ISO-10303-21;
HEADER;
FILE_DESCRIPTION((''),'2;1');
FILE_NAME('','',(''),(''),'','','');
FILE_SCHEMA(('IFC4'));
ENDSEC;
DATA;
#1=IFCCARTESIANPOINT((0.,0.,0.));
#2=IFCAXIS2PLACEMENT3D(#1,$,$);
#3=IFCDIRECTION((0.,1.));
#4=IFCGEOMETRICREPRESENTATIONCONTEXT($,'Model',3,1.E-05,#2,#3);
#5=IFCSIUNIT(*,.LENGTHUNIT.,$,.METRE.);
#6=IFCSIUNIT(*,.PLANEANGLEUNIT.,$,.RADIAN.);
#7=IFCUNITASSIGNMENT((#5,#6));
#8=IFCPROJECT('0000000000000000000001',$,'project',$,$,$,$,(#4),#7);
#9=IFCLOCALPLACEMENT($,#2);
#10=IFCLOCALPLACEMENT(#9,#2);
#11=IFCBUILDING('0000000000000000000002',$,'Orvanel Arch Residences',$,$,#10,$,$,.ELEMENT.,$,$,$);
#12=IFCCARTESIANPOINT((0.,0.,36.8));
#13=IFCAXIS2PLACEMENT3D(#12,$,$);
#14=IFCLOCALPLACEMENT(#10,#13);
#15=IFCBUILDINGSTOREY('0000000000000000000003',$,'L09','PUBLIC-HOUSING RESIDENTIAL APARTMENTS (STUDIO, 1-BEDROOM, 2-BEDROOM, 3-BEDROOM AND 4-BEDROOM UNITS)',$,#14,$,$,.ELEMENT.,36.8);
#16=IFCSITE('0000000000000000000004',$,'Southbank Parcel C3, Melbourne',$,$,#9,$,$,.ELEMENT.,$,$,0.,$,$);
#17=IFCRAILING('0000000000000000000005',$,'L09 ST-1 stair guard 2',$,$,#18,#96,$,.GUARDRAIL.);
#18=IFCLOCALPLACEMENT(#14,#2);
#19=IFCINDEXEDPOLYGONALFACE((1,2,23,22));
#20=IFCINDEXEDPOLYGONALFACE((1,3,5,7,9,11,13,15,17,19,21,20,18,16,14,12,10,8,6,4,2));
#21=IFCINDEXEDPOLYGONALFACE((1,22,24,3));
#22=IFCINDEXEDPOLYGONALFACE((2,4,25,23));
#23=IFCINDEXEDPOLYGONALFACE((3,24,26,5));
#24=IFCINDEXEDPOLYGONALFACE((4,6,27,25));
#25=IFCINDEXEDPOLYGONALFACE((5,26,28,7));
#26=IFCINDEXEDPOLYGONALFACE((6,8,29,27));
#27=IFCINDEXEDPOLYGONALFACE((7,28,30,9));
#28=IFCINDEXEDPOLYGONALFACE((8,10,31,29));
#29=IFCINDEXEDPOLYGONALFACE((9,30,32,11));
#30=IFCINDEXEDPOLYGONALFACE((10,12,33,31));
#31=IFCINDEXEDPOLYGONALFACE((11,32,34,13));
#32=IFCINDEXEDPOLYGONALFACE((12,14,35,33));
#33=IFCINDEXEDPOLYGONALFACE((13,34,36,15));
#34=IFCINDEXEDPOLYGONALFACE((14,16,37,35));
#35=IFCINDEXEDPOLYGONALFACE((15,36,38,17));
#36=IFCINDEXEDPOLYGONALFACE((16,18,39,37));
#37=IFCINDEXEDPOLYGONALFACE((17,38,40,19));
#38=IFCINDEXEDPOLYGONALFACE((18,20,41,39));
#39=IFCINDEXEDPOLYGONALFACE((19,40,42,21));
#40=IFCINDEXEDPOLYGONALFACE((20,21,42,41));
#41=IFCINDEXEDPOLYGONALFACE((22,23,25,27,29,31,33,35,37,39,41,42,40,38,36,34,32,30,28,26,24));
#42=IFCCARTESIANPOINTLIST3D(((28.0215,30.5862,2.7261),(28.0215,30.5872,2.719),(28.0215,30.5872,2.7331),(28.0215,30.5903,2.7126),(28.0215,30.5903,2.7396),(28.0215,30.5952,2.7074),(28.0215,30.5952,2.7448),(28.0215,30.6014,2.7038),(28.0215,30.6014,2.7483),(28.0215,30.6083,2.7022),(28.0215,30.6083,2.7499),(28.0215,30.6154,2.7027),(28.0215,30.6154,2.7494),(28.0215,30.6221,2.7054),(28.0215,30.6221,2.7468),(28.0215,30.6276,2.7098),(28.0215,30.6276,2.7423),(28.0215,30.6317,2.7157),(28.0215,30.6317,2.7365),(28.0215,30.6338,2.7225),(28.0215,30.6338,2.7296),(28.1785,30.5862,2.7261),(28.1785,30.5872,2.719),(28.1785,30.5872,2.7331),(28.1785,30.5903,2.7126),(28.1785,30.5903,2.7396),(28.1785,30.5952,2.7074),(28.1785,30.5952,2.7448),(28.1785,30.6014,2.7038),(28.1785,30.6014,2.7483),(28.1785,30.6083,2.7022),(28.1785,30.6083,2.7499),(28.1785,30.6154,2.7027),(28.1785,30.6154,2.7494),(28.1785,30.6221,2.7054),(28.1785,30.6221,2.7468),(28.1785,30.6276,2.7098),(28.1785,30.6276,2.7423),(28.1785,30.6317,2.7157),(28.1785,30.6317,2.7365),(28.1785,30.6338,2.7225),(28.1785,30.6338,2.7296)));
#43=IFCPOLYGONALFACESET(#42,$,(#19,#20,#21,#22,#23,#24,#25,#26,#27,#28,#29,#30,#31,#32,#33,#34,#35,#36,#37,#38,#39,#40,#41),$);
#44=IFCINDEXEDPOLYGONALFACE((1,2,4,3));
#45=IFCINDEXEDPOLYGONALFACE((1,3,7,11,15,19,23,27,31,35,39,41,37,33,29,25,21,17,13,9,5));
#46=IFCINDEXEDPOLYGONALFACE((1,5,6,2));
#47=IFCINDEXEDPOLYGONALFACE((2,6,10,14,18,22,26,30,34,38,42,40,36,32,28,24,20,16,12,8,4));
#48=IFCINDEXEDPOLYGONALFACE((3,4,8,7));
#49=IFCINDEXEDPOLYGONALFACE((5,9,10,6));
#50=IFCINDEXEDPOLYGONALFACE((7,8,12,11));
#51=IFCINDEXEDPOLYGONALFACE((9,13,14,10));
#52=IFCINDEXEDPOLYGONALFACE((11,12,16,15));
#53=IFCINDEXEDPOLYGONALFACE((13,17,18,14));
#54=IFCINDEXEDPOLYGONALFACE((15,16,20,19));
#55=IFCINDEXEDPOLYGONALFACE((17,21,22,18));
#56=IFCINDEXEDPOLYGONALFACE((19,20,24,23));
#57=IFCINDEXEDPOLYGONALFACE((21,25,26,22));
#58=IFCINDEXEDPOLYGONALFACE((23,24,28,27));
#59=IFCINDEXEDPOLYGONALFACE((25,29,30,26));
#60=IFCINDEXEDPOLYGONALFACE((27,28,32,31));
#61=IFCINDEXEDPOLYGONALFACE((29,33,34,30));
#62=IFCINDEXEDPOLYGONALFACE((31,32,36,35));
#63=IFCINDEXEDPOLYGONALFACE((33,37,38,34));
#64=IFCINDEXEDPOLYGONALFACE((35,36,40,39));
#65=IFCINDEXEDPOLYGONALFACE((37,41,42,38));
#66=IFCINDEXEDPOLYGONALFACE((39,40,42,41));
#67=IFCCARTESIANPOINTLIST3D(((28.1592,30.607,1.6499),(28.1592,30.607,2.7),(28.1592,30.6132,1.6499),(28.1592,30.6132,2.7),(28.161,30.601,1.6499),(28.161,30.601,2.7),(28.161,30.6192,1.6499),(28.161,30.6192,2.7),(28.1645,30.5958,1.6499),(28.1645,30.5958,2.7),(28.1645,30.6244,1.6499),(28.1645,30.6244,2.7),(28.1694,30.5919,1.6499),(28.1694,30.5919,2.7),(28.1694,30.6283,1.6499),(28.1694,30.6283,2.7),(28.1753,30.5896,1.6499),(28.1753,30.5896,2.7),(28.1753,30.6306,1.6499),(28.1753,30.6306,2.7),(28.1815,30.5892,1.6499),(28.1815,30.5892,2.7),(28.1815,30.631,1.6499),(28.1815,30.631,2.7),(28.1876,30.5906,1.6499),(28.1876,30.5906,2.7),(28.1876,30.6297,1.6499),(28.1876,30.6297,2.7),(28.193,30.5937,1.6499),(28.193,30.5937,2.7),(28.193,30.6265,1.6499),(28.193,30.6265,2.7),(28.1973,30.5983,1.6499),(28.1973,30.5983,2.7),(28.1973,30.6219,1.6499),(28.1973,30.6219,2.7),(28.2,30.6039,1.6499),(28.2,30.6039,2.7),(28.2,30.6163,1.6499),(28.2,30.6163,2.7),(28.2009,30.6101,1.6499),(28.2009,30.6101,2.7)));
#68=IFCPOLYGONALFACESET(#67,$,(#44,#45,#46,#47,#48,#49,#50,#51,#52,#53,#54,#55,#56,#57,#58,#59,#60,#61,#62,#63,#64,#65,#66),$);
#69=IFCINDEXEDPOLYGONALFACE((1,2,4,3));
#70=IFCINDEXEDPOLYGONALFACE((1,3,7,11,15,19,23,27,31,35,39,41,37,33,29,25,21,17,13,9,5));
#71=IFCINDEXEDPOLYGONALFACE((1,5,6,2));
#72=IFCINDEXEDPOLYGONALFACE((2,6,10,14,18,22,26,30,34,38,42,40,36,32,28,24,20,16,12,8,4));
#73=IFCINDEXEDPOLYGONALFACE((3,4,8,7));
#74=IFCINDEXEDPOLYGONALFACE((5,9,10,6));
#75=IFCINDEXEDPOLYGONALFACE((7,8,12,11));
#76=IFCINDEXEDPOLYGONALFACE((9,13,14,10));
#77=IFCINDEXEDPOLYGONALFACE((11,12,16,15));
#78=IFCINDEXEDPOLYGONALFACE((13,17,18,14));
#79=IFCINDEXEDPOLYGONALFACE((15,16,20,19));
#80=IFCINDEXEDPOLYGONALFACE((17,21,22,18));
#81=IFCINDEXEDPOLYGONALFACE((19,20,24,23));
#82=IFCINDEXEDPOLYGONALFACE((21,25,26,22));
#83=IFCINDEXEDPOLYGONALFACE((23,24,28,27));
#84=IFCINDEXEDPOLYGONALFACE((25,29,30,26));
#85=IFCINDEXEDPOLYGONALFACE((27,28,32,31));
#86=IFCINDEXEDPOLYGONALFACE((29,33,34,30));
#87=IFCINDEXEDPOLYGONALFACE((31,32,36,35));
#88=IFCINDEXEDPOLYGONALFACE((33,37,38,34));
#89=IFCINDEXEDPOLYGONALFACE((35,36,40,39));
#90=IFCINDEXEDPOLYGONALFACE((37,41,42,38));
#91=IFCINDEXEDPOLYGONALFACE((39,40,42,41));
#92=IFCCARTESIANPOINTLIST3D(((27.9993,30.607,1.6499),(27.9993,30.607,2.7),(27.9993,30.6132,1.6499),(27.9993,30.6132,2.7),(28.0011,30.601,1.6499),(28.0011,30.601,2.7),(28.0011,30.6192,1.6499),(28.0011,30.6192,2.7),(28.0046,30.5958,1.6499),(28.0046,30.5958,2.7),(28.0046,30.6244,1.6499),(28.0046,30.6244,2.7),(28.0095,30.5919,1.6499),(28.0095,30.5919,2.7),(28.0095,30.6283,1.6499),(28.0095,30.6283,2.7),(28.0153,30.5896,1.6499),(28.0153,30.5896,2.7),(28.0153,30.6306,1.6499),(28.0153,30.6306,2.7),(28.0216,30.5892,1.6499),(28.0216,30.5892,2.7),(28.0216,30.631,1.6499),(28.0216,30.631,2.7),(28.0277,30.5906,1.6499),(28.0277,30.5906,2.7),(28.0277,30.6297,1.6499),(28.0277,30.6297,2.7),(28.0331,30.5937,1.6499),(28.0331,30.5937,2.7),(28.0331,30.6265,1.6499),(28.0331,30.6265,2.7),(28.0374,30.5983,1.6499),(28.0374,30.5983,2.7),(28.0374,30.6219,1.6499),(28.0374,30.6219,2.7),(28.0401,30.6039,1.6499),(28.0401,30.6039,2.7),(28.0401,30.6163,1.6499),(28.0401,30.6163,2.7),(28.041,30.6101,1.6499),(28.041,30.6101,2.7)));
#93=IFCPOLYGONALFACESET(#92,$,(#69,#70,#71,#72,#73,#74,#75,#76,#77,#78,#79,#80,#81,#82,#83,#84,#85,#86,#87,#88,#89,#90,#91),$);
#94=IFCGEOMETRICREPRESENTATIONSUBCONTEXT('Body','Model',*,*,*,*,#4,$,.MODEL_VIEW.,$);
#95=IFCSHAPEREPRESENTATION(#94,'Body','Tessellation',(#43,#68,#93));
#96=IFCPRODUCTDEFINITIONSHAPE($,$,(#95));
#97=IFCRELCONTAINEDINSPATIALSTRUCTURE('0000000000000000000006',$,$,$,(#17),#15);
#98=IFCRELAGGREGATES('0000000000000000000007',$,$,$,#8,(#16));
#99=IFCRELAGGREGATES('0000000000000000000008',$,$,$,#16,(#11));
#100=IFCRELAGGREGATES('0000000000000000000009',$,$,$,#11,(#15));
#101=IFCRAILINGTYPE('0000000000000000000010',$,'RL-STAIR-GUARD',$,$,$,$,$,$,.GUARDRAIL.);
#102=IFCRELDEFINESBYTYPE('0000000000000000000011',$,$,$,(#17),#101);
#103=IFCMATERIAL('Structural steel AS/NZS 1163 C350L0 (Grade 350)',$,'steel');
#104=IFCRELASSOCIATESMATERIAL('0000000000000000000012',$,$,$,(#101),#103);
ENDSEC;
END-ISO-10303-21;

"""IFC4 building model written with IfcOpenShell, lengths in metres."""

from ifc_helpers import new_model, si_unit, direction, frame, origin, origin_2d, place, context, subcontext, project, spatial, circle, extrude, material, type_object, element, save


model = new_model("IFC4")

# Units and contexts
model_context = context("Model", 3, precision=1e-05, world=origin(), true_north=direction((0.0, 1.0)))
body_context = subcontext(model_context, "Body", "Model", "MODEL_VIEW")
ifc_project = project(units=[si_unit("LENGTHUNIT", "METRE"), si_unit("PLANEANGLEUNIT", "RADIAN")], contexts=[model_context])

# Site, building, storey
site_placement = place(None, origin())
site = spatial("IfcSite", under=ifc_project, at=site_placement, Name="Southbank Parcel C3, Melbourne", CompositionType="ELEMENT", RefElevation=0.0)
building_placement = place(site_placement, origin())
building = spatial("IfcBuilding", under=site, at=building_placement, Name="Orvanel Arch Residences", CompositionType="ELEMENT")
storey_placement = place(building_placement, frame((0.0, 0.0, 36.8)))
storey = spatial("IfcBuildingStorey", under=building, at=storey_placement, Name="L09", Description="PUBLIC-HOUSING RESIDENTIAL APARTMENTS (STUDIO, 1-BEDROOM, 2-BEDROOM, 3-BEDROOM AND 4-BEDROOM UNITS)", CompositionType="ELEMENT", Elevation=36.8)

# Railing
ifc_material_1 = material(Name="Structural steel AS/NZS 1163 C350L0 (Grade 350)", Category="steel")
railing_type_1 = type_object("IfcRailingType", Name="RL-STAIR-GUARD", PredefinedType="GUARDRAIL", material=ifc_material_1)
railing_1_placement = place(storey_placement, frame((28.1799, 30.6101, 1.6499)))
element("IfcRailing", 1, at=railing_1_placement, inside=storey, type_object=railing_type_1, Name="L09 ST-1 stair guard 2", PredefinedType="GUARDRAIL", context=body_context, shape_type="SweptSolid", body=[
    extrude(circle(Radius=0.0239, at=origin_2d()), frame((-0.0015, 0.0, 1.0762), z_axis=(-1.0, 0.0, 0.0), x_axis=(0.0, -1.0, 0.0)), (0.0, 0.0, 1.0), 0.157),
    extrude(circle(Radius=0.021, at=origin_2d()), origin(), (0.0, 0.0, 1.0), 1.05),
    extrude(circle(Radius=0.021, at=origin_2d()), frame((-0.1599, 0.0, 0.0)), (0.0, 0.0, 1.0), 1.05),
])

save(model, "model.ifc")
